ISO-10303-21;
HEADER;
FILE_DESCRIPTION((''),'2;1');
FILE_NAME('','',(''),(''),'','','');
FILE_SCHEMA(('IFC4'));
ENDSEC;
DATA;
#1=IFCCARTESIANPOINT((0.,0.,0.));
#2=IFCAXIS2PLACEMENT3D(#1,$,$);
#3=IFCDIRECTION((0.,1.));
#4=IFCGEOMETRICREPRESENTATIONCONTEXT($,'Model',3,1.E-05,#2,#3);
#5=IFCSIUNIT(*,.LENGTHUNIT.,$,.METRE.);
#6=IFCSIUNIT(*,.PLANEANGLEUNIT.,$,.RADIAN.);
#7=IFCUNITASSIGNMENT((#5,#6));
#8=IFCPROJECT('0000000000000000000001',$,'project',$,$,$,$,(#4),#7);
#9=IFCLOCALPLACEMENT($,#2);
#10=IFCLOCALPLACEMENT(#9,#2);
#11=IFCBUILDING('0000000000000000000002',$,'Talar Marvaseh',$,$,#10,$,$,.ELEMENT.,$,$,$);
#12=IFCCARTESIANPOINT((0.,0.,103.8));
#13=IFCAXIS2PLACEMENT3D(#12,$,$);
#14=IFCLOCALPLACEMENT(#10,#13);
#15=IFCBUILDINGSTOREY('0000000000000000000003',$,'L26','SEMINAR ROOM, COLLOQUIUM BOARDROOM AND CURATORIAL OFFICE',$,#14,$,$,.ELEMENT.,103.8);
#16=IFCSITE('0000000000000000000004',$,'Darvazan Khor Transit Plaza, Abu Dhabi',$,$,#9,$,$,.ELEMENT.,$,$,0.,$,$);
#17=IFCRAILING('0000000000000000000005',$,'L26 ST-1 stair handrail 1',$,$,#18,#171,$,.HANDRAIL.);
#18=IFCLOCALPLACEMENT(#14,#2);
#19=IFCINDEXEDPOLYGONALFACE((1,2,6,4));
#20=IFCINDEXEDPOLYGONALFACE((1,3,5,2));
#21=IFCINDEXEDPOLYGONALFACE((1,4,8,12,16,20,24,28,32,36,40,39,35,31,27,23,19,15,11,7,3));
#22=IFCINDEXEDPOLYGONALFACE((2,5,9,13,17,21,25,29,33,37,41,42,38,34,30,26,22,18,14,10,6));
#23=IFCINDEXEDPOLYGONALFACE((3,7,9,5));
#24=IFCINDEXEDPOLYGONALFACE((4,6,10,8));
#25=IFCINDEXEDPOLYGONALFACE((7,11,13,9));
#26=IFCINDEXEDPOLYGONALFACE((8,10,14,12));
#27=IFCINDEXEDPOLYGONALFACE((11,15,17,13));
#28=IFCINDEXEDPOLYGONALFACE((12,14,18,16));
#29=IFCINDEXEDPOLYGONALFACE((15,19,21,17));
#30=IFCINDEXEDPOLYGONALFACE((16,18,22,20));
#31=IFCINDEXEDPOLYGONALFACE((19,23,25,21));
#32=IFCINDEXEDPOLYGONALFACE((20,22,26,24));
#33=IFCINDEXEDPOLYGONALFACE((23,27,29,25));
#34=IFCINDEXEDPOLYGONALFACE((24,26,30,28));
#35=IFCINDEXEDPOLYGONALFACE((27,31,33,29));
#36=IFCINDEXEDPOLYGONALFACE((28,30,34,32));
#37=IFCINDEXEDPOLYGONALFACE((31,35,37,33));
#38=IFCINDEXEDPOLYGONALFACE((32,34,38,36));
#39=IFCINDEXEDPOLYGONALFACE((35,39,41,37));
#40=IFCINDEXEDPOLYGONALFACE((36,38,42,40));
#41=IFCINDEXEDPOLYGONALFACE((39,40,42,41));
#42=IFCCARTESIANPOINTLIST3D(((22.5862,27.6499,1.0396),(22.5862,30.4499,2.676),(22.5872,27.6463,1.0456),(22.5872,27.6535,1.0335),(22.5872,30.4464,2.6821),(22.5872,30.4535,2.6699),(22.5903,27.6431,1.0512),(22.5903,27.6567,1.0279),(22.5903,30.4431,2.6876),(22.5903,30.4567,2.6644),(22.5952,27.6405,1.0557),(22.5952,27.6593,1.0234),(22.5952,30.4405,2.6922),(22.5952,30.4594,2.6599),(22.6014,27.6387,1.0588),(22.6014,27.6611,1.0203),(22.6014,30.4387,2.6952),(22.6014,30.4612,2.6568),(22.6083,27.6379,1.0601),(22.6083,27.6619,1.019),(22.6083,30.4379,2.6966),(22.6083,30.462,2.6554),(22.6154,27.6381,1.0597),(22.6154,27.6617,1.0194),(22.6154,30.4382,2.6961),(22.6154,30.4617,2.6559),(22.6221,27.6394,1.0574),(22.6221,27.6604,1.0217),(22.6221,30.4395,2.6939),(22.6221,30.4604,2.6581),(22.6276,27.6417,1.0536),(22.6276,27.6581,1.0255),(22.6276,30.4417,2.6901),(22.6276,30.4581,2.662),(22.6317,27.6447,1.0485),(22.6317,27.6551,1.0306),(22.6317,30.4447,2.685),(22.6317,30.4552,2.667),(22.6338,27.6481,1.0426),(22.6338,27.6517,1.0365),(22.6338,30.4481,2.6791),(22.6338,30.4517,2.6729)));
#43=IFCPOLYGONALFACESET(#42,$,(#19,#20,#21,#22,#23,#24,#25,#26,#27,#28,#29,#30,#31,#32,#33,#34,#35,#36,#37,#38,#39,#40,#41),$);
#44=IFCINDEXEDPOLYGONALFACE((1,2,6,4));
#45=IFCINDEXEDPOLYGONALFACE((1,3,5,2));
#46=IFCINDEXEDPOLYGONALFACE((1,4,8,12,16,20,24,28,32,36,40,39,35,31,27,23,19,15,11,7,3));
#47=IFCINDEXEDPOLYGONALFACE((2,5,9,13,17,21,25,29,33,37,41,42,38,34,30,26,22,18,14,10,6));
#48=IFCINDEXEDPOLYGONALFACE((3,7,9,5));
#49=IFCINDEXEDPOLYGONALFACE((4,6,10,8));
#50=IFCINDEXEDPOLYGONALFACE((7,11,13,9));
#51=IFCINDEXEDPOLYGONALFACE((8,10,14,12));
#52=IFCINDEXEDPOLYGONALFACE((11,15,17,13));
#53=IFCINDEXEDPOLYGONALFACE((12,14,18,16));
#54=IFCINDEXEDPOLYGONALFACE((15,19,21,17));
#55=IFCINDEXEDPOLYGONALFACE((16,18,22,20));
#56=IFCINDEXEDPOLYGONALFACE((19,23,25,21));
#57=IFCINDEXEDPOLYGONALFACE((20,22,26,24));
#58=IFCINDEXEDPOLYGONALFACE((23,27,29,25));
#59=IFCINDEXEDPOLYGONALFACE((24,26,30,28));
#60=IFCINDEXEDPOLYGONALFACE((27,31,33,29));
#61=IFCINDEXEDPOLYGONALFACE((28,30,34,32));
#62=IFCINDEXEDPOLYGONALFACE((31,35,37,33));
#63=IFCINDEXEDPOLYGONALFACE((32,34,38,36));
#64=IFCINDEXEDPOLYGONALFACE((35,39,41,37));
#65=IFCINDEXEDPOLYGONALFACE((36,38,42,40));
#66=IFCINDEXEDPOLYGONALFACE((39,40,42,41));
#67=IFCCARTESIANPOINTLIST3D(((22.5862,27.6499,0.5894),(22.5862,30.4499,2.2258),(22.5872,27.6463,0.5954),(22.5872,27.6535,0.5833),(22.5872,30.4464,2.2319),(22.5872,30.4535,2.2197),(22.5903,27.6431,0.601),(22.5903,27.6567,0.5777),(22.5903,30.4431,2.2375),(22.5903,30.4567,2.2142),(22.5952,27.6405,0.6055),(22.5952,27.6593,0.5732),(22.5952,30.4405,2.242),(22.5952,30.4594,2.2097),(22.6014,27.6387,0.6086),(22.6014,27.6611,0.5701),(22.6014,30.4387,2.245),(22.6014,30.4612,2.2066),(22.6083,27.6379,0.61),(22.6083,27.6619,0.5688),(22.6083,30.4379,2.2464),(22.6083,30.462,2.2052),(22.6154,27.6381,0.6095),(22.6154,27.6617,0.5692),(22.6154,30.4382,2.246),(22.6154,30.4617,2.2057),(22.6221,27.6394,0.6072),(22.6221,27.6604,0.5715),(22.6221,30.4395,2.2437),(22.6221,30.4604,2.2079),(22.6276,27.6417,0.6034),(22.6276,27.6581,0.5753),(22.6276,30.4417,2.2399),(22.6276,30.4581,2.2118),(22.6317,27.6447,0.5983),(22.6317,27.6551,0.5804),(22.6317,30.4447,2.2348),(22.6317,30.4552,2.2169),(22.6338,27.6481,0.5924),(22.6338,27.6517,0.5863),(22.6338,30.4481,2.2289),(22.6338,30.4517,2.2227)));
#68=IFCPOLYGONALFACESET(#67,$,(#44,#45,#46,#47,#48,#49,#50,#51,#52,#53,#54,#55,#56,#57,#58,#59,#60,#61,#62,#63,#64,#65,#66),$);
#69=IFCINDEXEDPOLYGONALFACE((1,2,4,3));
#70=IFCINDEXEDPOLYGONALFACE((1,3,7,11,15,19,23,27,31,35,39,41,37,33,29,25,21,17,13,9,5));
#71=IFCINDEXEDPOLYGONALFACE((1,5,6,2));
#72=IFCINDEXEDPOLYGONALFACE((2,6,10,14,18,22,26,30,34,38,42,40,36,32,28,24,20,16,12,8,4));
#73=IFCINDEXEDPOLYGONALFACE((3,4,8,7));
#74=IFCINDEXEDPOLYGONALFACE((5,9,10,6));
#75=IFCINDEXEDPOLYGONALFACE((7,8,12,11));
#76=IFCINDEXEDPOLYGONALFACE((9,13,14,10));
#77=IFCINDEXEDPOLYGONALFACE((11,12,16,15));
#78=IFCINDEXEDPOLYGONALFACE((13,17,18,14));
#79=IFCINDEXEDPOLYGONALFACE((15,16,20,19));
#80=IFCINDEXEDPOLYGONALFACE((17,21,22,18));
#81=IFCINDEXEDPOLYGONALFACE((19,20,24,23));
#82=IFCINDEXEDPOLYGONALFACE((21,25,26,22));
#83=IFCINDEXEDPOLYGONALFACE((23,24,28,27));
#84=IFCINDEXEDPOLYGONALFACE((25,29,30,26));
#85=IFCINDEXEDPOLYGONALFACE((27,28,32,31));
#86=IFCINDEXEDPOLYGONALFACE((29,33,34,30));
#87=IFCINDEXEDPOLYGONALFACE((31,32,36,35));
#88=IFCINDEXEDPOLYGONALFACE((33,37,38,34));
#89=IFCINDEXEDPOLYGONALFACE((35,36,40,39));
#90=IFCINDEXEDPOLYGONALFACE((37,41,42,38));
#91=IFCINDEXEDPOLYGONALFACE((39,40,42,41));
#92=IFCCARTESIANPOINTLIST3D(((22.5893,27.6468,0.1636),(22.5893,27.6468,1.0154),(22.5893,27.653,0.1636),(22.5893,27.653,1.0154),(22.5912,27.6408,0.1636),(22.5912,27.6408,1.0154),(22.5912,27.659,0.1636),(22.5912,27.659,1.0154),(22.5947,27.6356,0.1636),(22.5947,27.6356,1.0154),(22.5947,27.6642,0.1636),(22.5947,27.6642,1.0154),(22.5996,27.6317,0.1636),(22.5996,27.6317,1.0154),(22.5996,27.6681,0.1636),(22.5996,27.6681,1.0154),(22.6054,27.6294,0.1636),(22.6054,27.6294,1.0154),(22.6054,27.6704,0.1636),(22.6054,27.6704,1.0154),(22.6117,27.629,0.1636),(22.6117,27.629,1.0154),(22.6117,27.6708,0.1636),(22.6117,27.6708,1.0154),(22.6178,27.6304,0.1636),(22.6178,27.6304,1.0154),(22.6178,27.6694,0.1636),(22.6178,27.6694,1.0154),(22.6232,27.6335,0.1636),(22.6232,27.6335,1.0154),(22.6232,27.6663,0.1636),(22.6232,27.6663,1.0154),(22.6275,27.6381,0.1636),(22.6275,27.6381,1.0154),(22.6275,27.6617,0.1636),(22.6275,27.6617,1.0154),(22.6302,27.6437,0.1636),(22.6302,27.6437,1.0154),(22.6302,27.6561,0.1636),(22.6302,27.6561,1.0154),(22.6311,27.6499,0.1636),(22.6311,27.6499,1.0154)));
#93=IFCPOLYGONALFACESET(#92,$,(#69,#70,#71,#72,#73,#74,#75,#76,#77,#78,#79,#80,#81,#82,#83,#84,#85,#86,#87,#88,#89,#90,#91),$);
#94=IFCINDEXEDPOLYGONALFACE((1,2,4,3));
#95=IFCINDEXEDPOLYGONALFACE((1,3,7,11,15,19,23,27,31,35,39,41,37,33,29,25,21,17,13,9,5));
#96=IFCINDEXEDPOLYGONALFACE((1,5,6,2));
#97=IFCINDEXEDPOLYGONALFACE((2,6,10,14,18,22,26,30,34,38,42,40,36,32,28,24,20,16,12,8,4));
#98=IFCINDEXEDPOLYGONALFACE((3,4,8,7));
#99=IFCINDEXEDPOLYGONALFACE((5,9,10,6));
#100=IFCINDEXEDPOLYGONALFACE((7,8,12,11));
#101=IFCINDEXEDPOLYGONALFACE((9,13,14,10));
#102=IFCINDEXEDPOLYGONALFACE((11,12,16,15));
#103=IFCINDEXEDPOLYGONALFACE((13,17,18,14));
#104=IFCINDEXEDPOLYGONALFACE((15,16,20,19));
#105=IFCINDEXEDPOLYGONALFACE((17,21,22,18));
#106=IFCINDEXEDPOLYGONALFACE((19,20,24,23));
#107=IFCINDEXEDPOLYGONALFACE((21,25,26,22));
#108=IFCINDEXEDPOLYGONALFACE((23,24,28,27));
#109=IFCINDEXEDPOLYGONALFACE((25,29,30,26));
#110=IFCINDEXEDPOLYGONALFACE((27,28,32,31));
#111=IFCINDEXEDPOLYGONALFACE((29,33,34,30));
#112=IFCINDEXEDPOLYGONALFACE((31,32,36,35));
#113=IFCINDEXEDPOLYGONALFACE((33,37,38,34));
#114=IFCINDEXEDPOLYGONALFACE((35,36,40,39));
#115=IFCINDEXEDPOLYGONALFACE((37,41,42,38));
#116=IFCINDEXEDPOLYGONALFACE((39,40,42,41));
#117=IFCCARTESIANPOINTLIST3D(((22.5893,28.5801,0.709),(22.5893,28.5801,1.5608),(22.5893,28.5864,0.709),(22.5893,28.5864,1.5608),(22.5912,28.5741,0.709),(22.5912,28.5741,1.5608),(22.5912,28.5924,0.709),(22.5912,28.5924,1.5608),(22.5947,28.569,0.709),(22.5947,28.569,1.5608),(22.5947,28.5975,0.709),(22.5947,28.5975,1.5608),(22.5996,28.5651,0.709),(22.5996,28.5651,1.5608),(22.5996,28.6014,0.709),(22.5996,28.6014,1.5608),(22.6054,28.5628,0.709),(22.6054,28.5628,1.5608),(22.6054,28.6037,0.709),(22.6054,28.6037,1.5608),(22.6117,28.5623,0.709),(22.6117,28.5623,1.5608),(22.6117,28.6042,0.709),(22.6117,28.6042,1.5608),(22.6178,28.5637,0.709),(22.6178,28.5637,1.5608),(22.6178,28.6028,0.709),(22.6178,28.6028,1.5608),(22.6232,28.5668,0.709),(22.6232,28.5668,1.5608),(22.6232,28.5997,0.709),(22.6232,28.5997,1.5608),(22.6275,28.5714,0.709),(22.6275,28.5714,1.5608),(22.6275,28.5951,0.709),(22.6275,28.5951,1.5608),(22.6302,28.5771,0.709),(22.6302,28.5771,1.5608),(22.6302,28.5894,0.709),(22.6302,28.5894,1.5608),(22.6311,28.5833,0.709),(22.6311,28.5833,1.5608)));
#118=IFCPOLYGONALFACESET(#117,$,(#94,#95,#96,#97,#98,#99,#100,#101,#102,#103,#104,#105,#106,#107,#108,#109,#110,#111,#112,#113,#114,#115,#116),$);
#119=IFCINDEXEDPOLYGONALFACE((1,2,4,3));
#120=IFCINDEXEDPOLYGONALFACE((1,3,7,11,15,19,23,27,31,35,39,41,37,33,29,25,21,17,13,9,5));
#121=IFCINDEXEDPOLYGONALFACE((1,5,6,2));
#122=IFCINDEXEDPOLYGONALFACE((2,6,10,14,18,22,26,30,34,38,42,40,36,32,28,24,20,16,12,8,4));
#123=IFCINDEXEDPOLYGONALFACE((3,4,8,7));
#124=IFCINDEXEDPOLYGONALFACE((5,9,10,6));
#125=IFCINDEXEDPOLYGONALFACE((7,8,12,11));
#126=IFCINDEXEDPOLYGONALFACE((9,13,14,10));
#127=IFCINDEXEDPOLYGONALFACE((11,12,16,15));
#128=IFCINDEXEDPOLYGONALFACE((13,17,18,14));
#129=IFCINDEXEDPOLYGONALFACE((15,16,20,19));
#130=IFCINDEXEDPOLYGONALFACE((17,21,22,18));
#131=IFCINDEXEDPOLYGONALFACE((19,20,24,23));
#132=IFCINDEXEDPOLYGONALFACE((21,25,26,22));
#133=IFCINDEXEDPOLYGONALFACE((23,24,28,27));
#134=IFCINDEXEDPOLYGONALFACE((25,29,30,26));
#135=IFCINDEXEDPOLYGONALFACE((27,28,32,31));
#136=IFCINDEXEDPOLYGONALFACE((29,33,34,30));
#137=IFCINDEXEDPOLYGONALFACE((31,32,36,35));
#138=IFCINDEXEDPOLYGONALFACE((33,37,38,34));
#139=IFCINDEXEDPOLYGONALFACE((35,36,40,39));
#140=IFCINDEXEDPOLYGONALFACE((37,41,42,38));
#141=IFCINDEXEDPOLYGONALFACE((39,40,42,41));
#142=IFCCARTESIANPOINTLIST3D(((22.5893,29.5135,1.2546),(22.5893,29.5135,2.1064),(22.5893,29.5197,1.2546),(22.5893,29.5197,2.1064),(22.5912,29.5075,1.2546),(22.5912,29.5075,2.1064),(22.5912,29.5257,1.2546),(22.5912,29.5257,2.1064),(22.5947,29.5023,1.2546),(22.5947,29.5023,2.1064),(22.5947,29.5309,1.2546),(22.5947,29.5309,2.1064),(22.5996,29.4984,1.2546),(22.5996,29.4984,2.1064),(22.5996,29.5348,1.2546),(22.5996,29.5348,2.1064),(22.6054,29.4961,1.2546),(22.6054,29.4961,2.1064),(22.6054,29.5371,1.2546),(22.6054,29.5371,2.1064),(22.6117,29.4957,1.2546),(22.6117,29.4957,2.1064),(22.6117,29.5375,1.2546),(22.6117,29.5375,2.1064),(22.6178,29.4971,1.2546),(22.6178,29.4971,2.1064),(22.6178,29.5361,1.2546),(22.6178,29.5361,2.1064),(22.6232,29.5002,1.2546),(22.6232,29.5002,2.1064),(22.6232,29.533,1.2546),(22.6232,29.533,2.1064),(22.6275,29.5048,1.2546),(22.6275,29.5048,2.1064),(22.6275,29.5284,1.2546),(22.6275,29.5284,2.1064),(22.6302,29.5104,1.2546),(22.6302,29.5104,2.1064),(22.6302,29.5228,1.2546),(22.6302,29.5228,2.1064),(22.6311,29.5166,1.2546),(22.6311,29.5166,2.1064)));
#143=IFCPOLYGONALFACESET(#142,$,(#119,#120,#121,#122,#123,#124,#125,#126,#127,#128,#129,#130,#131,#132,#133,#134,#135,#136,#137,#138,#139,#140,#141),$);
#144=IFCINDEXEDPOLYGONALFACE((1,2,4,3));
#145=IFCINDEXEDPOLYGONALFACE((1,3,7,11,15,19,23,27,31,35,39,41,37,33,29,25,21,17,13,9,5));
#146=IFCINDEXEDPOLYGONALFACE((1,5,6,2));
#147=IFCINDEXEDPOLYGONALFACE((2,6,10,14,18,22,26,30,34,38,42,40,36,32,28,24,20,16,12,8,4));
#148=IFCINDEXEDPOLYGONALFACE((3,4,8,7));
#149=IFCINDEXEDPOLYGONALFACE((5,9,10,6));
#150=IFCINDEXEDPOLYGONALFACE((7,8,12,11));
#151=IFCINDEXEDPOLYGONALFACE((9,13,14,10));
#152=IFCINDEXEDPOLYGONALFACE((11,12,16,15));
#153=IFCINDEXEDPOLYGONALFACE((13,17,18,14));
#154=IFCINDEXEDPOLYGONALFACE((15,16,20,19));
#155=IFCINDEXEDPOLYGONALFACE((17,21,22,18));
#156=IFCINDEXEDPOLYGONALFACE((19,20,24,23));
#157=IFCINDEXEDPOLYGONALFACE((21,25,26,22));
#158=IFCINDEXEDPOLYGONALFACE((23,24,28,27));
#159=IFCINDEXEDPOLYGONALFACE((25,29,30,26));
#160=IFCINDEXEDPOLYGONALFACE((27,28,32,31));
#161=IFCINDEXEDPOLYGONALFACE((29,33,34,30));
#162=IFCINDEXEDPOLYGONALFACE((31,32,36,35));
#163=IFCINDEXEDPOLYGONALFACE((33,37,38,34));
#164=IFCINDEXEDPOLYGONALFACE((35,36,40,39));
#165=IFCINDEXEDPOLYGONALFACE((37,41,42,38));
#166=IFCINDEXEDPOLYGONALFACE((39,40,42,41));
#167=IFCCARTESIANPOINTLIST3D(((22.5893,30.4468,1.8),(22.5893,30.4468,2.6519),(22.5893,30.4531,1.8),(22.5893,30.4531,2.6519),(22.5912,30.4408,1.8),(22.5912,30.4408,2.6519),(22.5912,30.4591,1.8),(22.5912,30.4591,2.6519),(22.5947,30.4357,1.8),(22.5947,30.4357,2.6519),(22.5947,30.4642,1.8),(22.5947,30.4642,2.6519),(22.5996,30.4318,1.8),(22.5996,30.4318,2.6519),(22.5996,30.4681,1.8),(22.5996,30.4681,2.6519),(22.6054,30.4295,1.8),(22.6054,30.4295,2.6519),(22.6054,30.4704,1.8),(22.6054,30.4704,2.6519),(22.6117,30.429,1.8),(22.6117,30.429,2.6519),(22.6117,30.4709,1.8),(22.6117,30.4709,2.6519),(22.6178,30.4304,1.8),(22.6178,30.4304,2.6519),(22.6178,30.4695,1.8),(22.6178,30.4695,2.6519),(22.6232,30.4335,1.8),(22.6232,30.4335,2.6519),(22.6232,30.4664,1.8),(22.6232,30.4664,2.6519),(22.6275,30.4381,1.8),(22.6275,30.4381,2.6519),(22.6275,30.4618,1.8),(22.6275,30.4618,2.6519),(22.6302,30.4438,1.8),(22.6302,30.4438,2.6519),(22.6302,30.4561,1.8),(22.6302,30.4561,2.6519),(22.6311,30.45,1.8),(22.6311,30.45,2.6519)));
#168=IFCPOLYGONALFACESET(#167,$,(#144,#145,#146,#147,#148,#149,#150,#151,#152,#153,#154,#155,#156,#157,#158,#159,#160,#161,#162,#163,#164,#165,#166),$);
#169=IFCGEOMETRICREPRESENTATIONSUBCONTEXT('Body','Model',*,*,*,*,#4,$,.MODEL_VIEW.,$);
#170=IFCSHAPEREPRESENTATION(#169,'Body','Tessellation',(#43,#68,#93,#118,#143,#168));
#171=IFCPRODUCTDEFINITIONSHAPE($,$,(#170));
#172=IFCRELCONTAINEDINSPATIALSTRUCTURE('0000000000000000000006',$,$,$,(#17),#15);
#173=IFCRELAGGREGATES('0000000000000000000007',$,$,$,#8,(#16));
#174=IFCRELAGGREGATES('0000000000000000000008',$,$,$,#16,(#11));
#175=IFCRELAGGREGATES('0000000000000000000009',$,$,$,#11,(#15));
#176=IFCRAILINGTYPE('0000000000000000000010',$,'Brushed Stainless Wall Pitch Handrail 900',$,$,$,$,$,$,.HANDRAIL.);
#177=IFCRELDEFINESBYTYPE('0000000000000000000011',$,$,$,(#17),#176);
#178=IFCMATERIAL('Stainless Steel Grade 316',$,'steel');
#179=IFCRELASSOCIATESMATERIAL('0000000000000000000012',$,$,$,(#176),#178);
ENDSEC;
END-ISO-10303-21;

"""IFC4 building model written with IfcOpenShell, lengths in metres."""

from ifc_helpers import new_model, si_unit, direction, frame, origin, origin_2d, place, context, subcontext, project, spatial, circle, extrude, material, type_object, element, save


model = new_model("IFC4")

# Units and contexts
model_context = context("Model", 3, precision=1e-05, world=origin(), true_north=direction((0.0, 1.0)))
body_context = subcontext(model_context, "Body", "Model", "MODEL_VIEW")
ifc_project = project(units=[si_unit("LENGTHUNIT", "METRE"), si_unit("PLANEANGLEUNIT", "RADIAN")], contexts=[model_context])

# Site, building, storey
site_placement = place(None, origin())
site = spatial("IfcSite", under=ifc_project, at=site_placement, Name="Darvazan Khor Transit Plaza, Abu Dhabi", CompositionType="ELEMENT", RefElevation=0.0)
building_placement = place(site_placement, origin())
building = spatial("IfcBuilding", under=site, at=building_placement, Name="Talar Marvaseh", CompositionType="ELEMENT")
storey_placement = place(building_placement, frame((0.0, 0.0, 103.8)))
storey = spatial("IfcBuildingStorey", under=building, at=storey_placement, Name="L26", Description="SEMINAR ROOM, COLLOQUIUM BOARDROOM AND CURATORIAL OFFICE", CompositionType="ELEMENT", Elevation=103.8)

# Railing
ifc_material_1 = material(Name="Stainless Steel Grade 316", Category="steel")
railing_type_1 = type_object("IfcRailingType", Name="Brushed Stainless Wall Pitch Handrail 900", PredefinedType="HANDRAIL", material=ifc_material_1)
railing_1_placement = place(storey_placement, frame((22.6101, 27.6499, 0.1636)))
element("IfcRailing", 1, at=railing_1_placement, inside=storey, type_object=railing_type_1, Name="L26 ST-1 stair handrail 1", PredefinedType="HANDRAIL", context=body_context, shape_type="SweptSolid", body=[
    extrude(circle(Radius=0.0239, at=origin_2d()), frame((0.0, 0.0, 0.876), z_axis=(0.0, 0.863361, 0.504587), x_axis=(-1.0, 0.0, 0.0)), (0.0, 0.0, 1.0), 3.2432),
    extrude(circle(Radius=0.0239, at=origin_2d()), frame((0.0, 0.0, 0.4258), z_axis=(0.0, 0.863361, 0.504587), x_axis=(-1.0, 0.0, 0.0)), (0.0, 0.0, 1.0), 3.2432),
    extrude(circle(Radius=0.021, at=origin_2d()), origin(), (0.0, 0.0, 1.0), 0.8518),
    extrude(circle(Radius=0.021, at=origin_2d()), frame((0.0, 0.9333, 0.5454)), (0.0, 0.0, 1.0), 0.8518),
    extrude(circle(Radius=0.021, at=origin_2d()), frame((0.0, 1.8667, 1.0911)), (0.0, 0.0, 1.0), 0.8518),
    extrude(circle(Radius=0.021, at=origin_2d()), frame((0.0, 2.8, 1.6365)), (0.0, 0.0, 1.0), 0.8518),
])

save(model, "model.ifc")
